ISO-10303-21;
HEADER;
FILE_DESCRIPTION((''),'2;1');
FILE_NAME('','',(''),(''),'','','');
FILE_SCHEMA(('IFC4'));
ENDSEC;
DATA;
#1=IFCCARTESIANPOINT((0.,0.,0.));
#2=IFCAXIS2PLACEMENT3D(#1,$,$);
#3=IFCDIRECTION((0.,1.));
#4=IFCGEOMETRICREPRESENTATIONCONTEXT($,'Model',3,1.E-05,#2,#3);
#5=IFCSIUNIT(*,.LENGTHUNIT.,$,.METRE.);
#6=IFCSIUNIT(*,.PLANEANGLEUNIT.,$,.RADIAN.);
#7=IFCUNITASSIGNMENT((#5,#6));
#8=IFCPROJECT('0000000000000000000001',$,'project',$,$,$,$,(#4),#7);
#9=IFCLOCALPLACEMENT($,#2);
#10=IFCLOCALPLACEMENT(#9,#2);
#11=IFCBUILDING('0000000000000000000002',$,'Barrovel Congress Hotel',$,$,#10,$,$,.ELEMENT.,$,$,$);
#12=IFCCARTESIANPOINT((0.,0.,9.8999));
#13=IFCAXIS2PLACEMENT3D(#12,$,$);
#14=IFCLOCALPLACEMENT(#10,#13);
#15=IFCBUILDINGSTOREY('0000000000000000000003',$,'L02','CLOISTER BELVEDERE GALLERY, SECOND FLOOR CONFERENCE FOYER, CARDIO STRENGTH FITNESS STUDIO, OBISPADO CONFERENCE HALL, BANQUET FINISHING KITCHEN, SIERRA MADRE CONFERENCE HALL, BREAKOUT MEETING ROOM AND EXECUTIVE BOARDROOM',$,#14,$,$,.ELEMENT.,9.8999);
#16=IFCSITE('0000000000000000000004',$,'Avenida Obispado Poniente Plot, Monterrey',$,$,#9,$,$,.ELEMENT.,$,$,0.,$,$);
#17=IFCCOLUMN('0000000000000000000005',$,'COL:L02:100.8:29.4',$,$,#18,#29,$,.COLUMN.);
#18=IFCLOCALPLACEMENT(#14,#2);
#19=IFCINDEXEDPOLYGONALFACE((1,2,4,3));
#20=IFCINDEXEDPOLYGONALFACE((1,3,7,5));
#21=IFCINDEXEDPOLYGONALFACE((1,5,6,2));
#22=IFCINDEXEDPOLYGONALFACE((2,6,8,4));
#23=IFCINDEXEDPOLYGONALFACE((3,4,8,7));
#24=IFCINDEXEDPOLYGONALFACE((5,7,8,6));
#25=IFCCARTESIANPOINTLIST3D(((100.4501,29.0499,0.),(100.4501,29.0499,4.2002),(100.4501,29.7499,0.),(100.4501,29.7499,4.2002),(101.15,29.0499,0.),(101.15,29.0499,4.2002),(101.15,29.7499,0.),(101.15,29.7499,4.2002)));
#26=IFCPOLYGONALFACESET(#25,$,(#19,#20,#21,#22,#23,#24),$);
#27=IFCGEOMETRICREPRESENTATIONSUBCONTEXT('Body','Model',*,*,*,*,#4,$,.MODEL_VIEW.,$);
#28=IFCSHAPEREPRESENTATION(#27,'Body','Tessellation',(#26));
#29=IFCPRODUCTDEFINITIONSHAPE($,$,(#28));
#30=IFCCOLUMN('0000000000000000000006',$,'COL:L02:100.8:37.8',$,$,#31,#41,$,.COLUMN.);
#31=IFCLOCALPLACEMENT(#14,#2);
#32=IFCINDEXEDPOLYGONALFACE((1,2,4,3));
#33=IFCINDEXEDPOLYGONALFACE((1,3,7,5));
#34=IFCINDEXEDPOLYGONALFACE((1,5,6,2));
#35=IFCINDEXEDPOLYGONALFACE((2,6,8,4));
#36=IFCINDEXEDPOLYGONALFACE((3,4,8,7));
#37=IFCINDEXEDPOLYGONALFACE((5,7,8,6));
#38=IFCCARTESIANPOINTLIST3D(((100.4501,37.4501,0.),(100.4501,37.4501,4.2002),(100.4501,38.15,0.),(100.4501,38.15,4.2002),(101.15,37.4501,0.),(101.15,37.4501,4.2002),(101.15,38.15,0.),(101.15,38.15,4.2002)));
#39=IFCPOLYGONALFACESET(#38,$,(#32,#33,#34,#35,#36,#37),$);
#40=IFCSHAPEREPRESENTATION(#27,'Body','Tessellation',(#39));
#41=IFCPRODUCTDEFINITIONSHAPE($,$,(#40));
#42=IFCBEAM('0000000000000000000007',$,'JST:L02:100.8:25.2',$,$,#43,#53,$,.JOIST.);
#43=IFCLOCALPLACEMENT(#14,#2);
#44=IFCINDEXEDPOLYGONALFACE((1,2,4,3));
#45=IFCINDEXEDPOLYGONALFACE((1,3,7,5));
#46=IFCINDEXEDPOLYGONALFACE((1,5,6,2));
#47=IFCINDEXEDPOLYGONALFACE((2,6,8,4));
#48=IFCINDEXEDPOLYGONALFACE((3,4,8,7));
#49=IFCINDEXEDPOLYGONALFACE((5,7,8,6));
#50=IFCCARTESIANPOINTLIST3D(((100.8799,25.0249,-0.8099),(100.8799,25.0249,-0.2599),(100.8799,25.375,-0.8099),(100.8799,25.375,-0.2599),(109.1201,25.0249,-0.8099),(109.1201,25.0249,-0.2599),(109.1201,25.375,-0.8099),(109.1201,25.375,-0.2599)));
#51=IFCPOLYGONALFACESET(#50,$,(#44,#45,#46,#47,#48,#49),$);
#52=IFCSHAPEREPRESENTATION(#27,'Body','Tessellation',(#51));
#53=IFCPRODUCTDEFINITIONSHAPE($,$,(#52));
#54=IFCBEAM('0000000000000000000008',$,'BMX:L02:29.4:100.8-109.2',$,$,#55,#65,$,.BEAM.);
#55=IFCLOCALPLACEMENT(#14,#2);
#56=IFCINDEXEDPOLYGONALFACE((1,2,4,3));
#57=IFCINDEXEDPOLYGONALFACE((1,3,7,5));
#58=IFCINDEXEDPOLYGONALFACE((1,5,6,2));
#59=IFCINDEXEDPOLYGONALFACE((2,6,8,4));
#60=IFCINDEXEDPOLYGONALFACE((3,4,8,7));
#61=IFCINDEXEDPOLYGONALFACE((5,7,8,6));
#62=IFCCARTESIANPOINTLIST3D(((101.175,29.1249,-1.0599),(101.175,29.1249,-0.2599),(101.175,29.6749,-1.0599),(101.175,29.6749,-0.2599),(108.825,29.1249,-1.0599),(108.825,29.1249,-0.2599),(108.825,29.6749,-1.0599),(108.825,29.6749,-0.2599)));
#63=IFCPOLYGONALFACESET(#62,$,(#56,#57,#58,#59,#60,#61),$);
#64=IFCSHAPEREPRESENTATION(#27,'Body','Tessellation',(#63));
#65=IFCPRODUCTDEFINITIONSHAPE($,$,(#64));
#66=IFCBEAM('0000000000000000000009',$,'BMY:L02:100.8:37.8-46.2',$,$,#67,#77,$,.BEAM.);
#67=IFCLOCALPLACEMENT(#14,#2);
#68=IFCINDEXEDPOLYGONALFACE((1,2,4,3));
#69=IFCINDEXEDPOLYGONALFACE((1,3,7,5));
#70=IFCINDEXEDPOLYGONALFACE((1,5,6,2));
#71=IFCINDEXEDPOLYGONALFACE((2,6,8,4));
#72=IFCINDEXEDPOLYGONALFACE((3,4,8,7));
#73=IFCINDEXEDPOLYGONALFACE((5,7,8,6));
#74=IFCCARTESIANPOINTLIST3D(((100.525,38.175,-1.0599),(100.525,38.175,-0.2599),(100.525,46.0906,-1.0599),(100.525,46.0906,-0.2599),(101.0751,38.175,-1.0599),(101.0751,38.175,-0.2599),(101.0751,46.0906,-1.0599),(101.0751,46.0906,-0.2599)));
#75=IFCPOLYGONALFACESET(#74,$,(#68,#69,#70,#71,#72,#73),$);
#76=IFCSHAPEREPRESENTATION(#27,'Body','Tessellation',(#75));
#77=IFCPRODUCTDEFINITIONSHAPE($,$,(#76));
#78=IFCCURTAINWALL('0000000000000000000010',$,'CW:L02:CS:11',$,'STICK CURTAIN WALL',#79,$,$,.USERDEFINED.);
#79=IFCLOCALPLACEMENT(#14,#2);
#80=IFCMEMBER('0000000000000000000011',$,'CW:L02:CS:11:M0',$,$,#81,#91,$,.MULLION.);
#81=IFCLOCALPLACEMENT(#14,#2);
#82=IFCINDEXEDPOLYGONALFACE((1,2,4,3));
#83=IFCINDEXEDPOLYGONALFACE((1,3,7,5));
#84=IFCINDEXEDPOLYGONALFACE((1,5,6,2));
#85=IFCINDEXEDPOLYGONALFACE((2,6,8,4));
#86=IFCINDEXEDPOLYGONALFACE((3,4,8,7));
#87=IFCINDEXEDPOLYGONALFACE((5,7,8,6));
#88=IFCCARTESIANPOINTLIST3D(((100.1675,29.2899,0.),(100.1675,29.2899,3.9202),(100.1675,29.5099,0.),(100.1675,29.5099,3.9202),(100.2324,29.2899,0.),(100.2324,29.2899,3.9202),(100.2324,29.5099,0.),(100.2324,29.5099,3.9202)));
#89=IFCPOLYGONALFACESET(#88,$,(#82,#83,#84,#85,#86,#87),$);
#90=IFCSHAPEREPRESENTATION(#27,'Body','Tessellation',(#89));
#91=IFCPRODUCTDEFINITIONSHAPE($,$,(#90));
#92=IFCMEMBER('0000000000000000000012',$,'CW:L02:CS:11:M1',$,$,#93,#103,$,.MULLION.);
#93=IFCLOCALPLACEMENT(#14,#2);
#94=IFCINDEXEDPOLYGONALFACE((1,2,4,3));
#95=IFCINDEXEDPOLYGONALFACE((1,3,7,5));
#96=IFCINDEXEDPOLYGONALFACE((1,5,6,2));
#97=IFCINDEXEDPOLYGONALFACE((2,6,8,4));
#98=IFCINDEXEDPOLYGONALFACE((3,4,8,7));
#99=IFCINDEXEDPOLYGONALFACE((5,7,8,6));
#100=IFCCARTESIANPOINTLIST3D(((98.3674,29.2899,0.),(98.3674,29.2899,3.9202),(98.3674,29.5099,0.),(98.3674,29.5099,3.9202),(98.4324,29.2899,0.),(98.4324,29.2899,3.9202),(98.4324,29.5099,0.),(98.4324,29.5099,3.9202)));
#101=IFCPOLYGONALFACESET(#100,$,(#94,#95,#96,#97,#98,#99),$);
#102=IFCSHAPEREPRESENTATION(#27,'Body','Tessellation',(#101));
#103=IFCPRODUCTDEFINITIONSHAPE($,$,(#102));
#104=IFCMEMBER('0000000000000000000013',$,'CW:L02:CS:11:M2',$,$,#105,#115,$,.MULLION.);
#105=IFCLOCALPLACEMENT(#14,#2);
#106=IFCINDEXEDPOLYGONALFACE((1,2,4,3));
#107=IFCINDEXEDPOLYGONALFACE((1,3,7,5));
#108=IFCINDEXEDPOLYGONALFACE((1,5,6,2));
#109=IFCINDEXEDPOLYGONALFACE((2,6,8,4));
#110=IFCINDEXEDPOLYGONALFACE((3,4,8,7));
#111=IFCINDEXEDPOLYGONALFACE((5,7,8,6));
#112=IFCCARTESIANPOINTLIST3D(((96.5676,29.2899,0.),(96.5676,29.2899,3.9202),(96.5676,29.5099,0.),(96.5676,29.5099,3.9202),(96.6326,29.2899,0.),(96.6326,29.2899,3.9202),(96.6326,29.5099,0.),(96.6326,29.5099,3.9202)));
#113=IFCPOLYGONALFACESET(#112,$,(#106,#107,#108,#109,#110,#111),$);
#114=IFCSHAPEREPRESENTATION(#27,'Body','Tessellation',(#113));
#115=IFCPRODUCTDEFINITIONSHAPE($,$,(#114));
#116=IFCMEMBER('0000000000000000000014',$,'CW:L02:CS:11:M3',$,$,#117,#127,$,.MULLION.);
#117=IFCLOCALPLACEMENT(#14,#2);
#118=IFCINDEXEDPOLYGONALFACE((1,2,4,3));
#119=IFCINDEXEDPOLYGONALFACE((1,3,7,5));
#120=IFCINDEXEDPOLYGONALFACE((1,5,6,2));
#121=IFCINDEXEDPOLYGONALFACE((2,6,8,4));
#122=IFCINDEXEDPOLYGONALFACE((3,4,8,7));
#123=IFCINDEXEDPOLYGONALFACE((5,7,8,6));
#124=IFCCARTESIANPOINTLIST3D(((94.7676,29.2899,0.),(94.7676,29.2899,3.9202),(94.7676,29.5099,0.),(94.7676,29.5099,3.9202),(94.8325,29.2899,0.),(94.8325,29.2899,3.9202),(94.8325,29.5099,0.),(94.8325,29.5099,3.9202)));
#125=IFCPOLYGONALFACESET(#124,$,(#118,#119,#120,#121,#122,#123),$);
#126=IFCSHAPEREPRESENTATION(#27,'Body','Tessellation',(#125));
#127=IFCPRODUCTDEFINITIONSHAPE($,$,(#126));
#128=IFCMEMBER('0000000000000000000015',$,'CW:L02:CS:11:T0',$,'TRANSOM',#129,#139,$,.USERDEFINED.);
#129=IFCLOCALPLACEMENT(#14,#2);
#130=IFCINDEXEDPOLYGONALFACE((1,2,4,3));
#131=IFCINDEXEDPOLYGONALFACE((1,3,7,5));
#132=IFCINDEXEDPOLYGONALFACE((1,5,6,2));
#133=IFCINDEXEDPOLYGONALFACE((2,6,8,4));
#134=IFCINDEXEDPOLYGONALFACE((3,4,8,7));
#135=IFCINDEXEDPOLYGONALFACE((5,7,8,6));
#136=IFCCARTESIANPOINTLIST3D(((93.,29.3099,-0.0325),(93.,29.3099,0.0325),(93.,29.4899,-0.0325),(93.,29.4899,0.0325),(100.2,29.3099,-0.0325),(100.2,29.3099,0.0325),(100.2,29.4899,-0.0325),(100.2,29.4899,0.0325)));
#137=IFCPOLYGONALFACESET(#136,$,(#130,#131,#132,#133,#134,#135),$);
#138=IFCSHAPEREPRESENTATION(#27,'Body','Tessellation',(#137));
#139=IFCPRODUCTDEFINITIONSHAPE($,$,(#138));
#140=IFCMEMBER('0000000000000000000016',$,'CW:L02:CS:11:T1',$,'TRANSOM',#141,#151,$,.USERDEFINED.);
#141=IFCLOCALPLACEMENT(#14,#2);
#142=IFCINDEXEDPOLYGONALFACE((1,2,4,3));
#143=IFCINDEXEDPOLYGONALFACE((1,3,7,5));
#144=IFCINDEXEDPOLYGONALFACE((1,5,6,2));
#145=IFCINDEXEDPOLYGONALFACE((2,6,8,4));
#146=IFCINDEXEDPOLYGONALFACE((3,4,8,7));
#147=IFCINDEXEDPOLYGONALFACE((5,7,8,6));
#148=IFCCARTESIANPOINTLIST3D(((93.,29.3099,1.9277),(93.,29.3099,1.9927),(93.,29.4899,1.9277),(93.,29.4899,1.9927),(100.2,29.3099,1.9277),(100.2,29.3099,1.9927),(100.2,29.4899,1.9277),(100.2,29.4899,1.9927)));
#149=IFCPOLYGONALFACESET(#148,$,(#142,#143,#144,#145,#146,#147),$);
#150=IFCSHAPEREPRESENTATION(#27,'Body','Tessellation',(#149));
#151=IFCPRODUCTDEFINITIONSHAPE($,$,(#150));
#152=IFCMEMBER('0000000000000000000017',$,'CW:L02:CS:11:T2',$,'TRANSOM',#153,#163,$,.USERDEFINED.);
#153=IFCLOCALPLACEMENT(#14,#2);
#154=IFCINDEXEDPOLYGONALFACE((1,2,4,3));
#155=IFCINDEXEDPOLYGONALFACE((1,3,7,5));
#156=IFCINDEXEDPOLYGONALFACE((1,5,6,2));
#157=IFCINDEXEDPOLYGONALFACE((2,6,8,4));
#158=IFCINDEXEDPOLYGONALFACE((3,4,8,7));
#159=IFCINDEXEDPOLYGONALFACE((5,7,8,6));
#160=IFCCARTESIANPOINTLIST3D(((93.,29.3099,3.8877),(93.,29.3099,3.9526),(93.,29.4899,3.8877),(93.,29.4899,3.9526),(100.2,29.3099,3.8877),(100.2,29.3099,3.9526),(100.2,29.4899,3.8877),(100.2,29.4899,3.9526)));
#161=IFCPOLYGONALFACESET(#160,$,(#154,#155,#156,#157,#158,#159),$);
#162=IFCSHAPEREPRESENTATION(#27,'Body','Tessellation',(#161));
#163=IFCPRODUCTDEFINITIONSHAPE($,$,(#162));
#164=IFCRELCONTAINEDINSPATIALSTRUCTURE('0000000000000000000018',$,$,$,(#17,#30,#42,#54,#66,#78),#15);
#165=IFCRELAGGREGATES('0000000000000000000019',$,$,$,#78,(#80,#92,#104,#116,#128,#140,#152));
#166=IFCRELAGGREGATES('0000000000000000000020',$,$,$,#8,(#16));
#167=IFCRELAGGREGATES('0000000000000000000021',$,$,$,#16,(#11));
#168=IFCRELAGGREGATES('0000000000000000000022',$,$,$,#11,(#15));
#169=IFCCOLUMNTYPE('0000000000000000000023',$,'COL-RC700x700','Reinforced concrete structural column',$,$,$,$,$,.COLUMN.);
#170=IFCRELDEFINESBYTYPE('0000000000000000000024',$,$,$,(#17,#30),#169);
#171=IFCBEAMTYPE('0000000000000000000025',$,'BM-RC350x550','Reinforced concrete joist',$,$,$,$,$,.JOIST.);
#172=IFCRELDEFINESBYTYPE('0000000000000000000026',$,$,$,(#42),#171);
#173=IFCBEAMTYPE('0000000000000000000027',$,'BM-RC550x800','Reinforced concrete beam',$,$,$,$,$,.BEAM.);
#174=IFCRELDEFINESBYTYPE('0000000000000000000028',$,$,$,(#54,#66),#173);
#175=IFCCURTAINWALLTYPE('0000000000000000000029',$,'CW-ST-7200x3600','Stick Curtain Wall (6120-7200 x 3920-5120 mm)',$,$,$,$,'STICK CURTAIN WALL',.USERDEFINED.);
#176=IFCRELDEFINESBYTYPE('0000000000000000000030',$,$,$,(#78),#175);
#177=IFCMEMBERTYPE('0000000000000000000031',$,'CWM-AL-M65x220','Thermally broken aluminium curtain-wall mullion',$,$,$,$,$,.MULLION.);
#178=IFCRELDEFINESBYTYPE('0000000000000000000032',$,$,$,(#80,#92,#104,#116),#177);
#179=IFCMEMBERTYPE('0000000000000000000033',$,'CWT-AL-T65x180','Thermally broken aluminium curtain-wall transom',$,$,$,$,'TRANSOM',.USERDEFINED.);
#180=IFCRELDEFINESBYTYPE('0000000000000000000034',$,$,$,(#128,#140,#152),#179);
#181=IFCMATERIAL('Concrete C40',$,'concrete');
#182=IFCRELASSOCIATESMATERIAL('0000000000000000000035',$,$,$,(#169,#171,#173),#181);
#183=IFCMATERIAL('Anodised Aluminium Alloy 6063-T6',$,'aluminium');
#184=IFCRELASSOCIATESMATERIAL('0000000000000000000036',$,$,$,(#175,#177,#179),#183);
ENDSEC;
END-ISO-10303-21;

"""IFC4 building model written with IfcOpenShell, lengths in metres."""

from ifc_helpers import new_model, si_unit, direction, frame, origin, origin_2d, place, context, subcontext, project, spatial, rectangle, extrude, material, material_profile, profile_set, type_object, element, aggregate, save


model = new_model("IFC4")

# Units and contexts
model_context = context("Model", 3, precision=1e-05, world=origin(), true_north=direction((0.0, 1.0)))
body_context = subcontext(model_context, "Body", "Model", "MODEL_VIEW")
ifc_project = project(units=[si_unit("LENGTHUNIT", "METRE"), si_unit("PLANEANGLEUNIT", "RADIAN")], contexts=[model_context])

# Site, building, storey
site_placement = place(None, origin())
site = spatial("IfcSite", under=ifc_project, at=site_placement, Name="Avenida Obispado Poniente Plot, Monterrey", CompositionType="ELEMENT", RefElevation=0.0)
building_placement = place(site_placement, origin())
building = spatial("IfcBuilding", under=site, at=building_placement, Name="Barrovel Congress Hotel", CompositionType="ELEMENT")
storey_placement = place(building_placement, frame((0.0, 0.0, 9.8999)))
storey = spatial("IfcBuildingStorey", under=building, at=storey_placement, Name="L02", Description="CLOISTER BELVEDERE GALLERY, SECOND FLOOR CONFERENCE FOYER, CARDIO STRENGTH FITNESS STUDIO, OBISPADO CONFERENCE HALL, BANQUET FINISHING KITCHEN, SIERRA MADRE CONFERENCE HALL, BREAKOUT MEETING ROOM AND EXECUTIVE BOARDROOM", CompositionType="ELEMENT", Elevation=9.8999)

# Columns
ifc_material_1 = material(Name="Concrete C40", Category="concrete")
ifc_material_profile_1 = material_profile(ifc_material_1, rectangle(XDim=0.7, YDim=0.7, at=origin_2d()), Name="RC700x700")
ifc_profile_set_1 = profile_set([ifc_material_profile_1], Name="Concrete C40")
column_type = type_object("IfcColumnType", Name="COL-RC700x700", Description="Reinforced concrete structural column", PredefinedType="COLUMN", material=ifc_profile_set_1)
for number, where, z_axis, x_axis, name in (
    (1, (100.8, 29.3999, 0.0), (0.0, 0.0, 1.0), (1.0, 0.0, 0.0), "COL:L02:100.8:29.4"),
    (2, (100.8, 37.8, 0.0), (0.0, 0.0, 1.0), (1.0, 0.0, 0.0), "COL:L02:100.8:37.8"),
):
    element("IfcColumn", number, at=place(storey_placement, frame(where, z_axis=z_axis, x_axis=x_axis)), inside=storey, type_object=column_type, Name=name, PredefinedType="COLUMN", context=body_context, shape_type="SweptSolid", body=[
        extrude(rectangle(XDim=0.7, YDim=0.7, at=origin_2d()), origin(), (0.0, 0.0, 1.0), 4.2002),
    ])

# Beams
ifc_material_profile_2 = material_profile(ifc_material_1, rectangle(XDim=0.3501, YDim=0.55, at=origin_2d()), Name="RC350x550")
ifc_profile_set_2 = profile_set([ifc_material_profile_2], Name="Concrete C40")
beam_type_1 = type_object("IfcBeamType", Name="BM-RC350x550", Description="Reinforced concrete joist", PredefinedType="JOIST", material=ifc_profile_set_2)
beam_1_placement = place(storey_placement, frame((100.8799, 25.2, -0.5349), z_axis=(1.0, 0.0, 0.0), x_axis=(0.0, 1.0, 0.0)))
element("IfcBeam", 3, at=beam_1_placement, inside=storey, type_object=beam_type_1, Name="JST:L02:100.8:25.2", PredefinedType="JOIST", context=body_context, shape_type="SweptSolid", body=[
    extrude(rectangle(XDim=0.3501, YDim=0.55, at=origin_2d()), origin(), (0.0, 0.0, 1.0), 8.2402),
])
ifc_material_profile_3 = material_profile(ifc_material_1, rectangle(XDim=0.55, YDim=0.8, at=origin_2d()), Name="RC550x800")
ifc_profile_set_3 = profile_set([ifc_material_profile_3], Name="Concrete C40")
beam_type_2 = type_object("IfcBeamType", Name="BM-RC550x800", Description="Reinforced concrete beam", PredefinedType="BEAM", material=ifc_profile_set_3)
beam_2_placement = place(storey_placement, frame((101.175, 29.3999, -0.6599), z_axis=(1.0, 0.0, 0.0), x_axis=(0.0, 1.0, 0.0)))
element("IfcBeam", 4, at=beam_2_placement, inside=storey, type_object=beam_type_2, Name="BMX:L02:29.4:100.8-109.2", PredefinedType="BEAM", context=body_context, shape_type="SweptSolid", body=[
    extrude(rectangle(XDim=0.55, YDim=0.8, at=origin_2d()), origin(), (0.0, 0.0, 1.0), 7.6499),
])
beam_3_placement = place(storey_placement, frame((100.8, 38.175, -0.6599), z_axis=(0.0, 1.0, 0.0), x_axis=(-1.0, 0.0, 0.0)))
element("IfcBeam", 5, at=beam_3_placement, inside=storey, type_object=beam_type_2, Name="BMY:L02:100.8:37.8-46.2", PredefinedType="BEAM", context=body_context, shape_type="SweptSolid", body=[
    extrude(rectangle(XDim=0.55, YDim=0.8, at=origin_2d()), origin(), (0.0, 0.0, 1.0), 7.9155),
])

# Curtain wall, members
ifc_material_2 = material(Name="Anodised Aluminium Alloy 6063-T6", Category="aluminium")
curtain_wall_type = type_object("IfcCurtainWallType", Name="CW-ST-7200x3600", Description="Stick Curtain Wall (6120-7200 x 3920-5120 mm)", ElementType="STICK CURTAIN WALL", PredefinedType="USERDEFINED", material=ifc_material_2)
curtain_wall_placement = place(storey_placement, origin())
curtain_wall = element("IfcCurtainWall", 6, at=curtain_wall_placement, inside=storey, type_object=curtain_wall_type, Name="CW:L02:CS:11", ObjectType="STICK CURTAIN WALL", PredefinedType="USERDEFINED")
ifc_material_profile_4 = material_profile(ifc_material_2, rectangle(XDim=0.0649, YDim=0.22, at=origin_2d()), Name="AL-M65x220")
ifc_profile_set_4 = profile_set([ifc_material_profile_4], Name="Anodised Aluminium Alloy 6063-T6")
member_type_1 = type_object("IfcMemberType", Name="CWM-AL-M65x220", Description="Thermally broken aluminium curtain-wall mullion", PredefinedType="MULLION", material=ifc_profile_set_4)
member_1_placement = place(storey_placement, frame((100.2, 29.3999, 0.0), z_axis=(0.0, 0.0, 1.0), x_axis=(1.0, 0.0, 0.0)))
member_1 = element("IfcMember", 7, at=member_1_placement, type_object=member_type_1, Name="CW:L02:CS:11:M0", PredefinedType="MULLION", context=body_context, shape_type="SweptSolid", body=[
    extrude(rectangle(XDim=0.0649, YDim=0.22, at=origin_2d()), origin(), (0.0, 0.0, 1.0), 3.9202),
])
member_2_placement = place(storey_placement, frame((98.3999, 29.3999, 0.0), z_axis=(0.0, 0.0, 1.0), x_axis=(1.0, 0.0, 0.0)))
member_2 = element("IfcMember", 8, at=member_2_placement, type_object=member_type_1, Name="CW:L02:CS:11:M1", PredefinedType="MULLION", context=body_context, shape_type="SweptSolid", body=[
    extrude(rectangle(XDim=0.0649, YDim=0.22, at=origin_2d()), origin(), (0.0, 0.0, 1.0), 3.9202),
])
member_3_placement = place(storey_placement, frame((96.6001, 29.3999, 0.0), z_axis=(0.0, 0.0, 1.0), x_axis=(1.0, 0.0, 0.0)))
member_3 = element("IfcMember", 9, at=member_3_placement, type_object=member_type_1, Name="CW:L02:CS:11:M2", PredefinedType="MULLION", context=body_context, shape_type="SweptSolid", body=[
    extrude(rectangle(XDim=0.0649, YDim=0.22, at=origin_2d()), origin(), (0.0, 0.0, 1.0), 3.9202),
])
member_4_placement = place(storey_placement, frame((94.8, 29.3999, 0.0), z_axis=(0.0, 0.0, 1.0), x_axis=(1.0, 0.0, 0.0)))
member_4 = element("IfcMember", 10, at=member_4_placement, type_object=member_type_1, Name="CW:L02:CS:11:M3", PredefinedType="MULLION", context=body_context, shape_type="SweptSolid", body=[
    extrude(rectangle(XDim=0.0649, YDim=0.22, at=origin_2d()), origin(), (0.0, 0.0, 1.0), 3.9202),
])
ifc_material_profile_5 = material_profile(ifc_material_2, rectangle(XDim=0.1799, YDim=0.0649, at=origin_2d()), Name="AL-T65x180")
ifc_profile_set_5 = profile_set([ifc_material_profile_5], Name="Anodised Aluminium Alloy 6063-T6")
member_type_2 = type_object("IfcMemberType", Name="CWT-AL-T65x180", Description="Thermally broken aluminium curtain-wall transom", ElementType="TRANSOM", PredefinedType="USERDEFINED", material=ifc_profile_set_5)
member_5_placement = place(storey_placement, frame((100.2, 29.3999, 0.0), z_axis=(-1.0, 0.0, 0.0), x_axis=(0.0, -1.0, 0.0)))
member_5 = element("IfcMember", 11, at=member_5_placement, type_object=member_type_2, Name="CW:L02:CS:11:T0", ObjectType="TRANSOM", PredefinedType="USERDEFINED", context=body_context, shape_type="SweptSolid", body=[
    extrude(rectangle(XDim=0.1799, YDim=0.0649, at=origin_2d()), origin(), (0.0, 0.0, 1.0), 7.2),
])
member_6_placement = place(storey_placement, frame((100.2, 29.3999, 1.9602), z_axis=(-1.0, 0.0, 0.0), x_axis=(0.0, -1.0, 0.0)))
member_6 = element("IfcMember", 12, at=member_6_placement, type_object=member_type_2, Name="CW:L02:CS:11:T1", ObjectType="TRANSOM", PredefinedType="USERDEFINED", context=body_context, shape_type="SweptSolid", body=[
    extrude(rectangle(XDim=0.1799, YDim=0.0649, at=origin_2d()), origin(), (0.0, 0.0, 1.0), 7.2),
])
member_7_placement = place(storey_placement, frame((100.2, 29.3999, 3.9202), z_axis=(-1.0, 0.0, 0.0), x_axis=(0.0, -1.0, 0.0)))
member_7 = element("IfcMember", 13, at=member_7_placement, type_object=member_type_2, Name="CW:L02:CS:11:T2", ObjectType="TRANSOM", PredefinedType="USERDEFINED", context=body_context, shape_type="SweptSolid", body=[
    extrude(rectangle(XDim=0.1799, YDim=0.0649, at=origin_2d()), origin(), (0.0, 0.0, 1.0), 7.2),
])

aggregate(curtain_wall, [member_1, member_2, member_3, member_4, member_5, member_6, member_7])

save(model, "model.ifc")
